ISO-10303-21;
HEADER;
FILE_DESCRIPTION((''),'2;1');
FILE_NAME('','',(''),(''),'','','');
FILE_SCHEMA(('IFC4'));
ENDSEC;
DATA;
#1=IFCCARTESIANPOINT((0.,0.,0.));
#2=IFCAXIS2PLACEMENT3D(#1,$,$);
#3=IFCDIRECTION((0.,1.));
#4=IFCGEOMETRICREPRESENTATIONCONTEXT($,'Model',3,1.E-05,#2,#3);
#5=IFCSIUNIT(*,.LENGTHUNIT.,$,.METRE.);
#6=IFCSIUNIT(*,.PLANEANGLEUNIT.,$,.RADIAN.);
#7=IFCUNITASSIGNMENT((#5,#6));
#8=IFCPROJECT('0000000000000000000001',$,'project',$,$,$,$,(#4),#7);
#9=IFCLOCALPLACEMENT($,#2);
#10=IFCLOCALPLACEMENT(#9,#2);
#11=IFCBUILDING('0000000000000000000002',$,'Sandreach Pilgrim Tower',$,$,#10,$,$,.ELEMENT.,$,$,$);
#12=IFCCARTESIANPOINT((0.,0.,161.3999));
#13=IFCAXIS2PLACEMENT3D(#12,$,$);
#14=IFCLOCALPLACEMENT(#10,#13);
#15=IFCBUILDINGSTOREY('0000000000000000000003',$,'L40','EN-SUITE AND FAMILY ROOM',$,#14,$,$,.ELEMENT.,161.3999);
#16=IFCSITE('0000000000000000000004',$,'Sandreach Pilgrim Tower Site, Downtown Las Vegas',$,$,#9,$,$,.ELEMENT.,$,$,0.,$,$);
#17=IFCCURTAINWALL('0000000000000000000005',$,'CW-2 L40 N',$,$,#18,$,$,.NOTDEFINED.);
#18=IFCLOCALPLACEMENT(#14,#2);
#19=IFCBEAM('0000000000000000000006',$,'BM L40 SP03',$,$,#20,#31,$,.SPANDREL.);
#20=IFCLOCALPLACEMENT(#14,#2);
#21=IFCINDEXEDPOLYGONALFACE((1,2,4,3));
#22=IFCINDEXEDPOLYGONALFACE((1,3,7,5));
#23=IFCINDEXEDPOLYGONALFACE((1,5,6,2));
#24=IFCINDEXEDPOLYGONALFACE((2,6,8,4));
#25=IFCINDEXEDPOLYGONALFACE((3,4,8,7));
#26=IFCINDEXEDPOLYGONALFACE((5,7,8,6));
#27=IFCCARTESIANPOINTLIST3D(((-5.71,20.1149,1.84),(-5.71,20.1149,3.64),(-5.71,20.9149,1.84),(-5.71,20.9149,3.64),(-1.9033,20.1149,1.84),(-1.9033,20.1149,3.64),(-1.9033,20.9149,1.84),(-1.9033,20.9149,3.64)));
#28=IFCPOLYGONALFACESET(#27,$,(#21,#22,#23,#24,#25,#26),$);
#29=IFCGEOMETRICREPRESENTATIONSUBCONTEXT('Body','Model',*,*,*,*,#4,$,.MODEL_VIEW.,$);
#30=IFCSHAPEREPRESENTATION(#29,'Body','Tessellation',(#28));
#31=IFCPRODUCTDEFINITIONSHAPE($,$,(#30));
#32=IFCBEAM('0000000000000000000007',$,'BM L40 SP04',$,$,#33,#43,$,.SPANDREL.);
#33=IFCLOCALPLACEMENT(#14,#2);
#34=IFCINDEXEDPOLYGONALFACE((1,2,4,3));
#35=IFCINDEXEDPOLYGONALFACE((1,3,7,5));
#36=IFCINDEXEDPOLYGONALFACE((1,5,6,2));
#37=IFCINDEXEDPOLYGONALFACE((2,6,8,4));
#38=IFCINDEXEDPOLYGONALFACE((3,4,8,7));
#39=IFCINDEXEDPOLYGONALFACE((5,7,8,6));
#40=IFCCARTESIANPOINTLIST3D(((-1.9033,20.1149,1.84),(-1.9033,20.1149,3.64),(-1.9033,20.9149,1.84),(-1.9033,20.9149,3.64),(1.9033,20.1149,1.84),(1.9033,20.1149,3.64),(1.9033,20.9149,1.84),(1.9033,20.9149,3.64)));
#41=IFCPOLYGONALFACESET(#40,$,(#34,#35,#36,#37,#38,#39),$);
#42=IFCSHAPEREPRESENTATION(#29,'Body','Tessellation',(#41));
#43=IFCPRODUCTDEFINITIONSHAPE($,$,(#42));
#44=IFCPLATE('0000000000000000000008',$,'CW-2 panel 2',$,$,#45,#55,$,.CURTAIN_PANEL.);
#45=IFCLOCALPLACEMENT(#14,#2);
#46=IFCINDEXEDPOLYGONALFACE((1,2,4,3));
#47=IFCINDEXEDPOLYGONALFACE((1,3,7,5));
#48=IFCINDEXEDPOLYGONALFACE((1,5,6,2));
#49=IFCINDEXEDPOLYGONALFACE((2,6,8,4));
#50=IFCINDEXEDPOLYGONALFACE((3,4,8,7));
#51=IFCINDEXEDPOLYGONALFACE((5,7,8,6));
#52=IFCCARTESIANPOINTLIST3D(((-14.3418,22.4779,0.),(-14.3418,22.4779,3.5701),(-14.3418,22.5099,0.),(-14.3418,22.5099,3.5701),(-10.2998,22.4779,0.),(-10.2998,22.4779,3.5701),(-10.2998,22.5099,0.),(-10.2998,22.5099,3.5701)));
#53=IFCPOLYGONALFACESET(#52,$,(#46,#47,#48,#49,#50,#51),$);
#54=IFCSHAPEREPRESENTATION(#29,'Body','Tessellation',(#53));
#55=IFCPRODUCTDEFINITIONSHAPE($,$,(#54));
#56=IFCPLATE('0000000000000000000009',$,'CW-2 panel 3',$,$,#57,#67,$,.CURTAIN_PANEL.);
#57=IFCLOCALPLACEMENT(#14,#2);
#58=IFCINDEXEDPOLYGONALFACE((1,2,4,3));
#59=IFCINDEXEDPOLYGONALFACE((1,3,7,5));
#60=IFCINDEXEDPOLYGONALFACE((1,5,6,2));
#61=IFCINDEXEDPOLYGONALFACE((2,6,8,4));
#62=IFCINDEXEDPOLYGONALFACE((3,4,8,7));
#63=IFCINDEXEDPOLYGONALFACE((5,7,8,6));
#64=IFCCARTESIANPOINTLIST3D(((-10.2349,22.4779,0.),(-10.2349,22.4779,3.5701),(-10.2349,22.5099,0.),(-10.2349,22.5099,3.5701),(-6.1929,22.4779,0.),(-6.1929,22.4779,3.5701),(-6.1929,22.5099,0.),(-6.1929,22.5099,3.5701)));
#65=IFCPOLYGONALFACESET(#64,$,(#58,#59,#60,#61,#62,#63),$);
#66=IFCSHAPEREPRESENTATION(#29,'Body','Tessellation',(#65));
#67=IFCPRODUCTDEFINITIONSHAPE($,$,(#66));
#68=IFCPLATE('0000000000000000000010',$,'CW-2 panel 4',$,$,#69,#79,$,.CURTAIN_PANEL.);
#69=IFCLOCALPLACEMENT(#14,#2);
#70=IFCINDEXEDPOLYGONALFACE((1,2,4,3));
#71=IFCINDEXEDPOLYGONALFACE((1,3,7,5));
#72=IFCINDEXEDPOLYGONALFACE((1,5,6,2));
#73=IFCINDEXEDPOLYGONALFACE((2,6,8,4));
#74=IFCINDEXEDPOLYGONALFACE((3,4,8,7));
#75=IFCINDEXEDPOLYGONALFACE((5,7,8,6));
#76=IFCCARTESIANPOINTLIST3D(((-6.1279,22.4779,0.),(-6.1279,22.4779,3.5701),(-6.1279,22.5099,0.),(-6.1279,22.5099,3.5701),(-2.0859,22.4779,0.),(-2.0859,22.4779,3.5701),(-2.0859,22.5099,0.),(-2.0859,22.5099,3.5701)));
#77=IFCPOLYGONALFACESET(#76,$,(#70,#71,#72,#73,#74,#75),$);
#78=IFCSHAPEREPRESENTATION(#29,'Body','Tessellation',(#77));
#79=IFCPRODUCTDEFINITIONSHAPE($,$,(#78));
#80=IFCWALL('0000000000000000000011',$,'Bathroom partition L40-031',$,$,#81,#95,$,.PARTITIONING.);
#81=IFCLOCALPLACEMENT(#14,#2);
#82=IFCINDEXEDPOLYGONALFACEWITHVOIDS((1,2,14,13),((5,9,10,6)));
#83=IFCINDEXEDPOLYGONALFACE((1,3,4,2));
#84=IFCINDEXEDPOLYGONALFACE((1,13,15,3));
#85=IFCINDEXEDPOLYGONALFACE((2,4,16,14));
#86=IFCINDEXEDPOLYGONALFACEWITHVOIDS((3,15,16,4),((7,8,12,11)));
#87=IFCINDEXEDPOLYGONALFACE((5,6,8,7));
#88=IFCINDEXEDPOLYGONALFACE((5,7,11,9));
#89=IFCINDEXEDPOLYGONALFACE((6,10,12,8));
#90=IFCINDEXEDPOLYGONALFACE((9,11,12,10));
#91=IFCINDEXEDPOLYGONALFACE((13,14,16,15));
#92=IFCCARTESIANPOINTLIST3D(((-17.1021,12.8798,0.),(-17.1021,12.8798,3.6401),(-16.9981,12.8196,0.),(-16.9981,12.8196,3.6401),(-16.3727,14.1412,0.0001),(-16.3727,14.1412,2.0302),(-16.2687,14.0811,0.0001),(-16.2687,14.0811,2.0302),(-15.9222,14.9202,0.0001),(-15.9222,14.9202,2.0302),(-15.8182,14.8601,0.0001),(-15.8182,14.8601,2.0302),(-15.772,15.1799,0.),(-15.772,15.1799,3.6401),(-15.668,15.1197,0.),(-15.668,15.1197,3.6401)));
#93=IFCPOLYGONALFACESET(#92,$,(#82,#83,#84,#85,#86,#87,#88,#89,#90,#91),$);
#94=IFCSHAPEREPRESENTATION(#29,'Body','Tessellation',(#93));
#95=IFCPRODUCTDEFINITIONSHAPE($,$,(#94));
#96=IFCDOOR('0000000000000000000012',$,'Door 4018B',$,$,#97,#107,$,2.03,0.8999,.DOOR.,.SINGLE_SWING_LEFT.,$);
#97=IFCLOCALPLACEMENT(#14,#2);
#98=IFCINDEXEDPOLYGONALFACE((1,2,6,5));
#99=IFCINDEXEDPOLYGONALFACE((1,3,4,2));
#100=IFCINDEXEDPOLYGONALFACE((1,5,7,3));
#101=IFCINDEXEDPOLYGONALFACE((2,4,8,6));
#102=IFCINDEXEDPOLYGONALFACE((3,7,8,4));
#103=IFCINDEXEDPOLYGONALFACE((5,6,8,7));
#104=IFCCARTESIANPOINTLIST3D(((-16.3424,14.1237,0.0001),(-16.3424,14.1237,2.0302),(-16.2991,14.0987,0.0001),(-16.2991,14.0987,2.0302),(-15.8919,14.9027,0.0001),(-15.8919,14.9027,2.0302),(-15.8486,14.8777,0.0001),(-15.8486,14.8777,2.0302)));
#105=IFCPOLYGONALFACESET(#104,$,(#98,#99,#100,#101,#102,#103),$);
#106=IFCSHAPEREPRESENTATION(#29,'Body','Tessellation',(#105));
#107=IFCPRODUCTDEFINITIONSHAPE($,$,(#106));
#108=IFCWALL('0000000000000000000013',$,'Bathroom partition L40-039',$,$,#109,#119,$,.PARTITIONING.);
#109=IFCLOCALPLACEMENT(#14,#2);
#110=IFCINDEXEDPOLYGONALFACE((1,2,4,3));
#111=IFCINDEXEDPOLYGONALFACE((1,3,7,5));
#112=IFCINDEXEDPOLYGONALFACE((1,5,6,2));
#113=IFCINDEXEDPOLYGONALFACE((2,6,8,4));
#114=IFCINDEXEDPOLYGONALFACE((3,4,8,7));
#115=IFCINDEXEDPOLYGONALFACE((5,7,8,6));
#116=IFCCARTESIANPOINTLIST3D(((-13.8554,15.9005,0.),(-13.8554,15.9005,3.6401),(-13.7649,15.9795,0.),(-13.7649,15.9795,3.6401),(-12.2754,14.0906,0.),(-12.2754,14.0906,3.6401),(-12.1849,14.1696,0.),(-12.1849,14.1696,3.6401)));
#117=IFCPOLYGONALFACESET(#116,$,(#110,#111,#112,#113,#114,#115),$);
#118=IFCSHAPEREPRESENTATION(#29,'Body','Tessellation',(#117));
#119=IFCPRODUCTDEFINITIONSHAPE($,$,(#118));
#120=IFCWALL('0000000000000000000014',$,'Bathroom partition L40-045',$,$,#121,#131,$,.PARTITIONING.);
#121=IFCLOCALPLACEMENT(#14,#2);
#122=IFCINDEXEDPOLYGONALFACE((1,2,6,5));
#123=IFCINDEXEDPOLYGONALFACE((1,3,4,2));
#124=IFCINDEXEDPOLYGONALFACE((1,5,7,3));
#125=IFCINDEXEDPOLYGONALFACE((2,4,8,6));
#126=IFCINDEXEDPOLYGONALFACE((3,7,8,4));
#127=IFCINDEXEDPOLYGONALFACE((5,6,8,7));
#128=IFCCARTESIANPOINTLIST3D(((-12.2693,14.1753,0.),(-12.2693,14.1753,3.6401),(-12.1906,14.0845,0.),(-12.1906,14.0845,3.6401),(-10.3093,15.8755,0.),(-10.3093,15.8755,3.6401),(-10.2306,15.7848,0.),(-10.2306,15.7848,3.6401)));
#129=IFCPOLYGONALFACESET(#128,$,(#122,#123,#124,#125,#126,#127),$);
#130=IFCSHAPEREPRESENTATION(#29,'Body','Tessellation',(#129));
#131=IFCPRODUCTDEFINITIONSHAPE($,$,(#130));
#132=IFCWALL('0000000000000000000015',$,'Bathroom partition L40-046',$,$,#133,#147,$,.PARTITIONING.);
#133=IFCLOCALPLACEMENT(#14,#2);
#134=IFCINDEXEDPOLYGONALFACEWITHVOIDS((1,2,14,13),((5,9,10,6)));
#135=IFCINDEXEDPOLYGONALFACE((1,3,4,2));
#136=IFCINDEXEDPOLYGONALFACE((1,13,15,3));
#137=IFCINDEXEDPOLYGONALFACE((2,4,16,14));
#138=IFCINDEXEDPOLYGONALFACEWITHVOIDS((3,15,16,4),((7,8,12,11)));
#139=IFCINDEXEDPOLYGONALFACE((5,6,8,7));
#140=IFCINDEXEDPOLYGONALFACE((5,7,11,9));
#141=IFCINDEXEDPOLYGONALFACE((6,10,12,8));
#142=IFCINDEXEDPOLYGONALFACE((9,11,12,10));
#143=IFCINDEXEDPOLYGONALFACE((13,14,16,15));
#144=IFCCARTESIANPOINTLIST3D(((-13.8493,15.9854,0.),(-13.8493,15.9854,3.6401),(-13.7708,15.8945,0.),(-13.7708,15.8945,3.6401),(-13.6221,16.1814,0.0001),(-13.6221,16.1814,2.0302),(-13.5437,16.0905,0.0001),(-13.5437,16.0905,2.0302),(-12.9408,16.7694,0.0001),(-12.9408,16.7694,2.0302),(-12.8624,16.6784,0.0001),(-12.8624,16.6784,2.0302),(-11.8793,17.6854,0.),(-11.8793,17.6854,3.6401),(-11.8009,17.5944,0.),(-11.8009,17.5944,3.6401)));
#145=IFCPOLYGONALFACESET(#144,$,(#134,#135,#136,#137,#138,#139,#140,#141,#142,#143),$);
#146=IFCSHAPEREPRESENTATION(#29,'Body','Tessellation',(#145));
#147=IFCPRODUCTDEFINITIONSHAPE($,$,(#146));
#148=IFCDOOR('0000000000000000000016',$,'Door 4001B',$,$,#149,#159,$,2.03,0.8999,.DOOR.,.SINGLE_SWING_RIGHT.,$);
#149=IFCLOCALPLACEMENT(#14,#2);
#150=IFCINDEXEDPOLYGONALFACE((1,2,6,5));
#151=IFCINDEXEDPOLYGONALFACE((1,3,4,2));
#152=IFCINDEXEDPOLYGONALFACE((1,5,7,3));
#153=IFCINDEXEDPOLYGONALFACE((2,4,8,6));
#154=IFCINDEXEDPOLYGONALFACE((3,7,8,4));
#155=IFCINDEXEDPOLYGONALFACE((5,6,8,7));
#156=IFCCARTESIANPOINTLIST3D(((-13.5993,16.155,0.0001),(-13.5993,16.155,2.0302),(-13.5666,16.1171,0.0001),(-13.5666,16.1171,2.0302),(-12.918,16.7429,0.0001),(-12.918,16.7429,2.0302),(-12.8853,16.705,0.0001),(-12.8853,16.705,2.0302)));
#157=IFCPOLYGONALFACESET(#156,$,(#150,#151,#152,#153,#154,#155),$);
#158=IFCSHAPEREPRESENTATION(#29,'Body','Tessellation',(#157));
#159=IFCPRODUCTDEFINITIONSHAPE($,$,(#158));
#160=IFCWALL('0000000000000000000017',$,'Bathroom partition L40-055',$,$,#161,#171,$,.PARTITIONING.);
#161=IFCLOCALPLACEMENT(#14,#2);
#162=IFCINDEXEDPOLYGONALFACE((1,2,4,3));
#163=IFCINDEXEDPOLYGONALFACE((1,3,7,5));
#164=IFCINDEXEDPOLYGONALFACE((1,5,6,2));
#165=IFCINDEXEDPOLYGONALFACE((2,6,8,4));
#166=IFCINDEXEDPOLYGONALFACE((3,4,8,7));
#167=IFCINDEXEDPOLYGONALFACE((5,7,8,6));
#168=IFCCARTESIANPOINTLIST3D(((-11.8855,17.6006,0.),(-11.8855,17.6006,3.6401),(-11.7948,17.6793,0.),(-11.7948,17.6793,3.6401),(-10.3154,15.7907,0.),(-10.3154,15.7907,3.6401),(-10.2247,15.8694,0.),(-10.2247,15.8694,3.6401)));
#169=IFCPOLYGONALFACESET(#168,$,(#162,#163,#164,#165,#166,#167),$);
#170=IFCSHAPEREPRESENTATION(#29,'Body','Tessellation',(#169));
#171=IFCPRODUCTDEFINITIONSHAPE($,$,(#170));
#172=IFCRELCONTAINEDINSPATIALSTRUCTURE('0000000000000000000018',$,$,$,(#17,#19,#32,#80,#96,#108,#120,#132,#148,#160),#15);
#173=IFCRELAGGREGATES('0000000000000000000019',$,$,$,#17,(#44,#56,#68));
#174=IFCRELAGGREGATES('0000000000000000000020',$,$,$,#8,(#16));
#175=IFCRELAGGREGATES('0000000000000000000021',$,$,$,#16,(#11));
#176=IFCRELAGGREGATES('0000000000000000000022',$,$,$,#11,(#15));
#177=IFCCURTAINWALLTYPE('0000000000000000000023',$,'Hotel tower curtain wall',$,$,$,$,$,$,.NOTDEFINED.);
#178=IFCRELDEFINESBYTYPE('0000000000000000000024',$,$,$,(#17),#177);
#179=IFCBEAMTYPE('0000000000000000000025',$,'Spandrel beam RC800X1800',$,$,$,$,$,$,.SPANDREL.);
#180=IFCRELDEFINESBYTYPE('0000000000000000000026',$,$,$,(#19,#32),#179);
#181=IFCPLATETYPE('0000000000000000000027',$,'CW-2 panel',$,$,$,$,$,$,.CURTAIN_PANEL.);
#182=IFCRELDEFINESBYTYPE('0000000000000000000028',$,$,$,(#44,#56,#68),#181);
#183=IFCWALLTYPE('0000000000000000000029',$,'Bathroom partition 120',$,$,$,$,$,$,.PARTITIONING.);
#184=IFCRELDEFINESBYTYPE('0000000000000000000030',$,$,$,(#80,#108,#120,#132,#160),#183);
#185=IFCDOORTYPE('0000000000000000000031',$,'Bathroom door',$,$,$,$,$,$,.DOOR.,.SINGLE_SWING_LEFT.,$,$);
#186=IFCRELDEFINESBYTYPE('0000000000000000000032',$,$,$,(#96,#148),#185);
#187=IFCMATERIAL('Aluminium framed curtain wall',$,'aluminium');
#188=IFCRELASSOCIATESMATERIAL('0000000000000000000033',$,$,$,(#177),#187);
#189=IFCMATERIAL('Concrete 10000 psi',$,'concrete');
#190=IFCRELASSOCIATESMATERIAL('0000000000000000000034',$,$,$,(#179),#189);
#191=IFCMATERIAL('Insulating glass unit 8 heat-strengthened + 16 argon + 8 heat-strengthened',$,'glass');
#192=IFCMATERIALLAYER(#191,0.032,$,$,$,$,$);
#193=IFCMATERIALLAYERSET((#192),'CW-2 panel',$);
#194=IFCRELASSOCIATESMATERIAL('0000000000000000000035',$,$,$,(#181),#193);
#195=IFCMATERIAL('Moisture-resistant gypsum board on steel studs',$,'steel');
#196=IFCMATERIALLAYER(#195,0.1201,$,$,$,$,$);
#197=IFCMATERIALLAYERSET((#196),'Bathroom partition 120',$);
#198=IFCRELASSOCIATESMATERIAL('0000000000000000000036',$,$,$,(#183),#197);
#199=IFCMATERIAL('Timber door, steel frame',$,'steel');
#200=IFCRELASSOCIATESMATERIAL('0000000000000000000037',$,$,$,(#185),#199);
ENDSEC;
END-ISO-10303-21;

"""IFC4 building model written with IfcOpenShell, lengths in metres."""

from ifc_helpers import new_model, si_unit, direction, frame, frame_2d, origin, origin_2d, place, context, subcontext, project, spatial, rectangle, extrude, material, layer, layer_set, material_profile, profile_set, type_object, element, fill, aggregate, save


model = new_model("IFC4")

# Units and contexts
model_context = context("Model", 3, precision=1e-05, world=origin(), true_north=direction((0.0, 1.0)))
body_context = subcontext(model_context, "Body", "Model", "MODEL_VIEW")
ifc_project = project(units=[si_unit("LENGTHUNIT", "METRE"), si_unit("PLANEANGLEUNIT", "RADIAN")], contexts=[model_context])

# Site, building, storey
site_placement = place(None, origin())
site = spatial("IfcSite", under=ifc_project, at=site_placement, Name="Sandreach Pilgrim Tower Site, Downtown Las Vegas", CompositionType="ELEMENT", RefElevation=0.0)
building_placement = place(site_placement, origin())
building = spatial("IfcBuilding", under=site, at=building_placement, Name="Sandreach Pilgrim Tower", CompositionType="ELEMENT")
storey_placement = place(building_placement, frame((0.0, 0.0, 161.3999)))
storey = spatial("IfcBuildingStorey", under=building, at=storey_placement, Name="L40", Description="EN-SUITE AND FAMILY ROOM", CompositionType="ELEMENT", Elevation=161.3999)

# Curtain wall
ifc_material_1 = material(Name="Aluminium framed curtain wall", Category="aluminium")
curtain_wall_type = type_object("IfcCurtainWallType", Name="Hotel tower curtain wall", PredefinedType="NOTDEFINED", material=ifc_material_1)
curtain_wall_placement = place(storey_placement, origin())
curtain_wall = element("IfcCurtainWall", 1, at=curtain_wall_placement, inside=storey, type_object=curtain_wall_type, Name="CW-2 L40 N", PredefinedType="NOTDEFINED")

# Beams
ifc_material_2 = material(Name="Concrete 10000 psi", Category="concrete")
ifc_material_profile_1 = material_profile(ifc_material_2, rectangle(XDim=0.8, YDim=1.8, at=origin_2d()), Name="RC800X1800")
ifc_profile_set_1 = profile_set([ifc_material_profile_1], Name="Concrete 10000 psi")
beam_type_1 = type_object("IfcBeamType", Name="Spandrel beam RC800X1800", PredefinedType="SPANDREL", material=ifc_profile_set_1)
for number, where, z_axis, x_axis, name in (
    (2, (-5.71, 20.5149, 2.74), (1.0, 0.0, 0.0), (0.0, 1.0, 0.0), "BM L40 SP03"),
    (3, (-1.9033, 20.5149, 2.74), (1.0, 0.0, 0.0), (0.0, 1.0, 0.0), "BM L40 SP04"),
):
    element("IfcBeam", number, at=place(storey_placement, frame(where, z_axis=z_axis, x_axis=x_axis)), inside=storey, type_object=beam_type_1, Name=name, PredefinedType="SPANDREL", context=body_context, shape_type="SweptSolid", body=[
        extrude(rectangle(XDim=0.8, YDim=1.8, at=origin_2d()), origin(), (0.0, 0.0, 1.0), 3.8066),
    ])

# Plates
ifc_material_3 = material(Name="Insulating glass unit 8 heat-strengthened + 16 argon + 8 heat-strengthened", Category="glass")
ifc_layer_1 = layer(ifc_material_3, 0.032)
ifc_layer_set_1 = layer_set([ifc_layer_1], Name="CW-2 panel")
plate_type = type_object("IfcPlateType", Name="CW-2 panel", PredefinedType="CURTAIN_PANEL", material=ifc_layer_set_1)
plate_1_placement = place(storey_placement, frame((-12.3208, 22.4939, 0.0), z_axis=(0.0, 0.0, 1.0), x_axis=(1.0, 0.0, 0.0)))
plate_1 = element("IfcPlate", 4, at=plate_1_placement, type_object=plate_type, Name="CW-2 panel 2", PredefinedType="CURTAIN_PANEL", context=body_context, shape_type="SweptSolid", body=[
    extrude(rectangle(XDim=4.042, YDim=0.032, at=origin_2d()), origin(), (0.0, 0.0, 1.0), 3.5701),
])
plate_2_placement = place(storey_placement, frame((-8.2139, 22.4939, 0.0), z_axis=(0.0, 0.0, 1.0), x_axis=(1.0, 0.0, 0.0)))
plate_2 = element("IfcPlate", 5, at=plate_2_placement, type_object=plate_type, Name="CW-2 panel 3", PredefinedType="CURTAIN_PANEL", context=body_context, shape_type="SweptSolid", body=[
    extrude(rectangle(XDim=4.042, YDim=0.032, at=origin_2d()), origin(), (0.0, 0.0, 1.0), 3.5701),
])
plate_3_placement = place(storey_placement, frame((-4.1069, 22.4939, 0.0), z_axis=(0.0, 0.0, 1.0), x_axis=(1.0, 0.0, 0.0)))
plate_3 = element("IfcPlate", 6, at=plate_3_placement, type_object=plate_type, Name="CW-2 panel 4", PredefinedType="CURTAIN_PANEL", context=body_context, shape_type="SweptSolid", body=[
    extrude(rectangle(XDim=4.042, YDim=0.032, at=origin_2d()), origin(), (0.0, 0.0, 1.0), 3.5701),
])
aggregate(curtain_wall, [plate_1, plate_2, plate_3])

# Wall, opening, door
ifc_material_4 = material(Name="Moisture-resistant gypsum board on steel studs", Category="steel")
ifc_layer_2 = layer(ifc_material_4, 0.1201)
ifc_layer_set_2 = layer_set([ifc_layer_2], Name="Bathroom partition 120")
wall_type_1 = type_object("IfcWallType", Name="Bathroom partition 120", PredefinedType="PARTITIONING", material=ifc_layer_set_2)
wall_1_placement = place(storey_placement, frame((-15.72, 15.1499, 0.0), z_axis=(0.0, 0.0, 1.0), x_axis=(-0.500605, -0.865676, 0.0)))
wall_1 = element("IfcWall", 7, at=wall_1_placement, inside=storey, type_object=wall_type_1, Name="Bathroom partition L40-031", PredefinedType="PARTITIONING", context=body_context, shape_type="SweptSolid", body=[
    extrude(rectangle(XDim=2.657, YDim=0.1201, at=frame_2d((1.3286, 0.0))), origin(), (0.0, 0.0, 1.0), 3.6401),
])
opening_1_placement = place(wall_1_placement, frame((0.3, 0.0, 0.0)))
opening_1 = element("IfcOpeningElement", 8, at=opening_1_placement, cuts=wall_1, PredefinedType="OPENING", context=body_context, shape_type="SweptSolid", body=[
    extrude(rectangle(XDim=0.8999, YDim=2.03, at=frame_2d((0.45, 1.0151))), frame((0.0, 0.0601, 0.0), z_axis=(0.0, -1.0, 0.0), x_axis=(1.0, 0.0, 0.0)), (0.0, 0.0, 1.0), 0.1201),
])
ifc_material_5 = material(Name="Timber door, steel frame", Category="steel")
door_type = type_object("IfcDoorType", Name="Bathroom door", OperationType="SINGLE_SWING_LEFT", PredefinedType="DOOR", material=ifc_material_5)
door_1_placement = place(opening_1_placement, origin())
door_1 = element("IfcDoor", 9, at=door_1_placement, inside=storey, type_object=door_type, Name="Door 4018B", OperationType="SINGLE_SWING_LEFT", OverallHeight=2.03, OverallWidth=0.8999, PredefinedType="DOOR", context=body_context, shape_type="SweptSolid", body=[
    extrude(rectangle(XDim=0.8999, YDim=2.03, at=frame_2d((0.45, 1.0151))), frame((0.0, 0.0249, 0.0), z_axis=(0.0, -1.0, 0.0), x_axis=(1.0, 0.0, 0.0)), (0.0, 0.0, 1.0), 0.05),
])
fill(opening_1, door_1)

# Walls
wall_2_placement = place(storey_placement, frame((-13.8101, 15.9399, 0.0), z_axis=(0.0, 0.0, 1.0), x_axis=(0.657627, -0.753344, 0.0)))
element("IfcWall", 10, at=wall_2_placement, inside=storey, type_object=wall_type_1, Name="Bathroom partition L40-039", PredefinedType="PARTITIONING", context=body_context, shape_type="SweptSolid", body=[
    extrude(rectangle(XDim=2.4026, YDim=0.1201, at=frame_2d((1.2012, 0.0))), origin(), (0.0, 0.0, 1.0), 3.6401),
])
wall_3_placement = place(storey_placement, frame((-12.23, 14.1299, 0.0), z_axis=(0.0, 0.0, 1.0), x_axis=(0.755391, 0.655274, 0.0)))
element("IfcWall", 11, at=wall_3_placement, inside=storey, type_object=wall_type_1, Name="Bathroom partition L40-045", PredefinedType="PARTITIONING", context=body_context, shape_type="SweptSolid", body=[
    extrude(rectangle(XDim=2.5947, YDim=0.1201, at=frame_2d((1.2974, 0.0))), origin(), (0.0, 0.0, 1.0), 3.6401),
])

# Wall, opening, door
wall_4_placement = place(storey_placement, frame((-11.8401, 17.6399, 0.0), z_axis=(0.0, 0.0, 1.0), x_axis=(-0.757087, -0.653314, 0.0)))
wall_4 = element("IfcWall", 12, at=wall_4_placement, inside=storey, type_object=wall_type_1, Name="Bathroom partition L40-046", PredefinedType="PARTITIONING", context=body_context, shape_type="SweptSolid", body=[
    extrude(rectangle(XDim=2.6021, YDim=0.1201, at=frame_2d((1.301, 0.0))), origin(), (0.0, 0.0, 1.0), 3.6401),
])
opening_2_placement = place(wall_4_placement, frame((1.4021, 0.0, 0.0)))
opening_2 = element("IfcOpeningElement", 13, at=opening_2_placement, cuts=wall_4, PredefinedType="OPENING", context=body_context, shape_type="SweptSolid", body=[
    extrude(rectangle(XDim=0.8999, YDim=2.03, at=frame_2d((0.45, 1.0151))), frame((0.0, 0.0601, 0.0), z_axis=(0.0, -1.0, 0.0), x_axis=(1.0, 0.0, 0.0)), (0.0, 0.0, 1.0), 0.1201),
])
door_2_placement = place(opening_2_placement, origin())
door_2 = element("IfcDoor", 14, at=door_2_placement, inside=storey, type_object=door_type, Name="Door 4001B", OperationType="SINGLE_SWING_RIGHT", OverallHeight=2.03, OverallWidth=0.8999, PredefinedType="DOOR", context=body_context, shape_type="SweptSolid", body=[
    extrude(rectangle(XDim=0.8999, YDim=2.03, at=frame_2d((0.45, 1.0151))), frame((0.0, 0.0249, 0.0), z_axis=(0.0, -1.0, 0.0), x_axis=(1.0, 0.0, 0.0)), (0.0, 0.0, 1.0), 0.05),
])
fill(opening_2, door_2)

# Wall
wall_5_placement = place(storey_placement, frame((-10.27, 15.8301, 0.0), z_axis=(0.0, 0.0, 1.0), x_axis=(-0.655303, 0.755366, 0.0)))
element("IfcWall", 15, at=wall_5_placement, inside=storey, type_object=wall_type_1, Name="Bathroom partition L40-055", PredefinedType="PARTITIONING", context=body_context, shape_type="SweptSolid", body=[
    extrude(rectangle(XDim=2.396, YDim=0.1201, at=frame_2d((1.198, 0.0))), origin(), (0.0, 0.0, 1.0), 3.6401),
])

save(model, "model.ifc")
